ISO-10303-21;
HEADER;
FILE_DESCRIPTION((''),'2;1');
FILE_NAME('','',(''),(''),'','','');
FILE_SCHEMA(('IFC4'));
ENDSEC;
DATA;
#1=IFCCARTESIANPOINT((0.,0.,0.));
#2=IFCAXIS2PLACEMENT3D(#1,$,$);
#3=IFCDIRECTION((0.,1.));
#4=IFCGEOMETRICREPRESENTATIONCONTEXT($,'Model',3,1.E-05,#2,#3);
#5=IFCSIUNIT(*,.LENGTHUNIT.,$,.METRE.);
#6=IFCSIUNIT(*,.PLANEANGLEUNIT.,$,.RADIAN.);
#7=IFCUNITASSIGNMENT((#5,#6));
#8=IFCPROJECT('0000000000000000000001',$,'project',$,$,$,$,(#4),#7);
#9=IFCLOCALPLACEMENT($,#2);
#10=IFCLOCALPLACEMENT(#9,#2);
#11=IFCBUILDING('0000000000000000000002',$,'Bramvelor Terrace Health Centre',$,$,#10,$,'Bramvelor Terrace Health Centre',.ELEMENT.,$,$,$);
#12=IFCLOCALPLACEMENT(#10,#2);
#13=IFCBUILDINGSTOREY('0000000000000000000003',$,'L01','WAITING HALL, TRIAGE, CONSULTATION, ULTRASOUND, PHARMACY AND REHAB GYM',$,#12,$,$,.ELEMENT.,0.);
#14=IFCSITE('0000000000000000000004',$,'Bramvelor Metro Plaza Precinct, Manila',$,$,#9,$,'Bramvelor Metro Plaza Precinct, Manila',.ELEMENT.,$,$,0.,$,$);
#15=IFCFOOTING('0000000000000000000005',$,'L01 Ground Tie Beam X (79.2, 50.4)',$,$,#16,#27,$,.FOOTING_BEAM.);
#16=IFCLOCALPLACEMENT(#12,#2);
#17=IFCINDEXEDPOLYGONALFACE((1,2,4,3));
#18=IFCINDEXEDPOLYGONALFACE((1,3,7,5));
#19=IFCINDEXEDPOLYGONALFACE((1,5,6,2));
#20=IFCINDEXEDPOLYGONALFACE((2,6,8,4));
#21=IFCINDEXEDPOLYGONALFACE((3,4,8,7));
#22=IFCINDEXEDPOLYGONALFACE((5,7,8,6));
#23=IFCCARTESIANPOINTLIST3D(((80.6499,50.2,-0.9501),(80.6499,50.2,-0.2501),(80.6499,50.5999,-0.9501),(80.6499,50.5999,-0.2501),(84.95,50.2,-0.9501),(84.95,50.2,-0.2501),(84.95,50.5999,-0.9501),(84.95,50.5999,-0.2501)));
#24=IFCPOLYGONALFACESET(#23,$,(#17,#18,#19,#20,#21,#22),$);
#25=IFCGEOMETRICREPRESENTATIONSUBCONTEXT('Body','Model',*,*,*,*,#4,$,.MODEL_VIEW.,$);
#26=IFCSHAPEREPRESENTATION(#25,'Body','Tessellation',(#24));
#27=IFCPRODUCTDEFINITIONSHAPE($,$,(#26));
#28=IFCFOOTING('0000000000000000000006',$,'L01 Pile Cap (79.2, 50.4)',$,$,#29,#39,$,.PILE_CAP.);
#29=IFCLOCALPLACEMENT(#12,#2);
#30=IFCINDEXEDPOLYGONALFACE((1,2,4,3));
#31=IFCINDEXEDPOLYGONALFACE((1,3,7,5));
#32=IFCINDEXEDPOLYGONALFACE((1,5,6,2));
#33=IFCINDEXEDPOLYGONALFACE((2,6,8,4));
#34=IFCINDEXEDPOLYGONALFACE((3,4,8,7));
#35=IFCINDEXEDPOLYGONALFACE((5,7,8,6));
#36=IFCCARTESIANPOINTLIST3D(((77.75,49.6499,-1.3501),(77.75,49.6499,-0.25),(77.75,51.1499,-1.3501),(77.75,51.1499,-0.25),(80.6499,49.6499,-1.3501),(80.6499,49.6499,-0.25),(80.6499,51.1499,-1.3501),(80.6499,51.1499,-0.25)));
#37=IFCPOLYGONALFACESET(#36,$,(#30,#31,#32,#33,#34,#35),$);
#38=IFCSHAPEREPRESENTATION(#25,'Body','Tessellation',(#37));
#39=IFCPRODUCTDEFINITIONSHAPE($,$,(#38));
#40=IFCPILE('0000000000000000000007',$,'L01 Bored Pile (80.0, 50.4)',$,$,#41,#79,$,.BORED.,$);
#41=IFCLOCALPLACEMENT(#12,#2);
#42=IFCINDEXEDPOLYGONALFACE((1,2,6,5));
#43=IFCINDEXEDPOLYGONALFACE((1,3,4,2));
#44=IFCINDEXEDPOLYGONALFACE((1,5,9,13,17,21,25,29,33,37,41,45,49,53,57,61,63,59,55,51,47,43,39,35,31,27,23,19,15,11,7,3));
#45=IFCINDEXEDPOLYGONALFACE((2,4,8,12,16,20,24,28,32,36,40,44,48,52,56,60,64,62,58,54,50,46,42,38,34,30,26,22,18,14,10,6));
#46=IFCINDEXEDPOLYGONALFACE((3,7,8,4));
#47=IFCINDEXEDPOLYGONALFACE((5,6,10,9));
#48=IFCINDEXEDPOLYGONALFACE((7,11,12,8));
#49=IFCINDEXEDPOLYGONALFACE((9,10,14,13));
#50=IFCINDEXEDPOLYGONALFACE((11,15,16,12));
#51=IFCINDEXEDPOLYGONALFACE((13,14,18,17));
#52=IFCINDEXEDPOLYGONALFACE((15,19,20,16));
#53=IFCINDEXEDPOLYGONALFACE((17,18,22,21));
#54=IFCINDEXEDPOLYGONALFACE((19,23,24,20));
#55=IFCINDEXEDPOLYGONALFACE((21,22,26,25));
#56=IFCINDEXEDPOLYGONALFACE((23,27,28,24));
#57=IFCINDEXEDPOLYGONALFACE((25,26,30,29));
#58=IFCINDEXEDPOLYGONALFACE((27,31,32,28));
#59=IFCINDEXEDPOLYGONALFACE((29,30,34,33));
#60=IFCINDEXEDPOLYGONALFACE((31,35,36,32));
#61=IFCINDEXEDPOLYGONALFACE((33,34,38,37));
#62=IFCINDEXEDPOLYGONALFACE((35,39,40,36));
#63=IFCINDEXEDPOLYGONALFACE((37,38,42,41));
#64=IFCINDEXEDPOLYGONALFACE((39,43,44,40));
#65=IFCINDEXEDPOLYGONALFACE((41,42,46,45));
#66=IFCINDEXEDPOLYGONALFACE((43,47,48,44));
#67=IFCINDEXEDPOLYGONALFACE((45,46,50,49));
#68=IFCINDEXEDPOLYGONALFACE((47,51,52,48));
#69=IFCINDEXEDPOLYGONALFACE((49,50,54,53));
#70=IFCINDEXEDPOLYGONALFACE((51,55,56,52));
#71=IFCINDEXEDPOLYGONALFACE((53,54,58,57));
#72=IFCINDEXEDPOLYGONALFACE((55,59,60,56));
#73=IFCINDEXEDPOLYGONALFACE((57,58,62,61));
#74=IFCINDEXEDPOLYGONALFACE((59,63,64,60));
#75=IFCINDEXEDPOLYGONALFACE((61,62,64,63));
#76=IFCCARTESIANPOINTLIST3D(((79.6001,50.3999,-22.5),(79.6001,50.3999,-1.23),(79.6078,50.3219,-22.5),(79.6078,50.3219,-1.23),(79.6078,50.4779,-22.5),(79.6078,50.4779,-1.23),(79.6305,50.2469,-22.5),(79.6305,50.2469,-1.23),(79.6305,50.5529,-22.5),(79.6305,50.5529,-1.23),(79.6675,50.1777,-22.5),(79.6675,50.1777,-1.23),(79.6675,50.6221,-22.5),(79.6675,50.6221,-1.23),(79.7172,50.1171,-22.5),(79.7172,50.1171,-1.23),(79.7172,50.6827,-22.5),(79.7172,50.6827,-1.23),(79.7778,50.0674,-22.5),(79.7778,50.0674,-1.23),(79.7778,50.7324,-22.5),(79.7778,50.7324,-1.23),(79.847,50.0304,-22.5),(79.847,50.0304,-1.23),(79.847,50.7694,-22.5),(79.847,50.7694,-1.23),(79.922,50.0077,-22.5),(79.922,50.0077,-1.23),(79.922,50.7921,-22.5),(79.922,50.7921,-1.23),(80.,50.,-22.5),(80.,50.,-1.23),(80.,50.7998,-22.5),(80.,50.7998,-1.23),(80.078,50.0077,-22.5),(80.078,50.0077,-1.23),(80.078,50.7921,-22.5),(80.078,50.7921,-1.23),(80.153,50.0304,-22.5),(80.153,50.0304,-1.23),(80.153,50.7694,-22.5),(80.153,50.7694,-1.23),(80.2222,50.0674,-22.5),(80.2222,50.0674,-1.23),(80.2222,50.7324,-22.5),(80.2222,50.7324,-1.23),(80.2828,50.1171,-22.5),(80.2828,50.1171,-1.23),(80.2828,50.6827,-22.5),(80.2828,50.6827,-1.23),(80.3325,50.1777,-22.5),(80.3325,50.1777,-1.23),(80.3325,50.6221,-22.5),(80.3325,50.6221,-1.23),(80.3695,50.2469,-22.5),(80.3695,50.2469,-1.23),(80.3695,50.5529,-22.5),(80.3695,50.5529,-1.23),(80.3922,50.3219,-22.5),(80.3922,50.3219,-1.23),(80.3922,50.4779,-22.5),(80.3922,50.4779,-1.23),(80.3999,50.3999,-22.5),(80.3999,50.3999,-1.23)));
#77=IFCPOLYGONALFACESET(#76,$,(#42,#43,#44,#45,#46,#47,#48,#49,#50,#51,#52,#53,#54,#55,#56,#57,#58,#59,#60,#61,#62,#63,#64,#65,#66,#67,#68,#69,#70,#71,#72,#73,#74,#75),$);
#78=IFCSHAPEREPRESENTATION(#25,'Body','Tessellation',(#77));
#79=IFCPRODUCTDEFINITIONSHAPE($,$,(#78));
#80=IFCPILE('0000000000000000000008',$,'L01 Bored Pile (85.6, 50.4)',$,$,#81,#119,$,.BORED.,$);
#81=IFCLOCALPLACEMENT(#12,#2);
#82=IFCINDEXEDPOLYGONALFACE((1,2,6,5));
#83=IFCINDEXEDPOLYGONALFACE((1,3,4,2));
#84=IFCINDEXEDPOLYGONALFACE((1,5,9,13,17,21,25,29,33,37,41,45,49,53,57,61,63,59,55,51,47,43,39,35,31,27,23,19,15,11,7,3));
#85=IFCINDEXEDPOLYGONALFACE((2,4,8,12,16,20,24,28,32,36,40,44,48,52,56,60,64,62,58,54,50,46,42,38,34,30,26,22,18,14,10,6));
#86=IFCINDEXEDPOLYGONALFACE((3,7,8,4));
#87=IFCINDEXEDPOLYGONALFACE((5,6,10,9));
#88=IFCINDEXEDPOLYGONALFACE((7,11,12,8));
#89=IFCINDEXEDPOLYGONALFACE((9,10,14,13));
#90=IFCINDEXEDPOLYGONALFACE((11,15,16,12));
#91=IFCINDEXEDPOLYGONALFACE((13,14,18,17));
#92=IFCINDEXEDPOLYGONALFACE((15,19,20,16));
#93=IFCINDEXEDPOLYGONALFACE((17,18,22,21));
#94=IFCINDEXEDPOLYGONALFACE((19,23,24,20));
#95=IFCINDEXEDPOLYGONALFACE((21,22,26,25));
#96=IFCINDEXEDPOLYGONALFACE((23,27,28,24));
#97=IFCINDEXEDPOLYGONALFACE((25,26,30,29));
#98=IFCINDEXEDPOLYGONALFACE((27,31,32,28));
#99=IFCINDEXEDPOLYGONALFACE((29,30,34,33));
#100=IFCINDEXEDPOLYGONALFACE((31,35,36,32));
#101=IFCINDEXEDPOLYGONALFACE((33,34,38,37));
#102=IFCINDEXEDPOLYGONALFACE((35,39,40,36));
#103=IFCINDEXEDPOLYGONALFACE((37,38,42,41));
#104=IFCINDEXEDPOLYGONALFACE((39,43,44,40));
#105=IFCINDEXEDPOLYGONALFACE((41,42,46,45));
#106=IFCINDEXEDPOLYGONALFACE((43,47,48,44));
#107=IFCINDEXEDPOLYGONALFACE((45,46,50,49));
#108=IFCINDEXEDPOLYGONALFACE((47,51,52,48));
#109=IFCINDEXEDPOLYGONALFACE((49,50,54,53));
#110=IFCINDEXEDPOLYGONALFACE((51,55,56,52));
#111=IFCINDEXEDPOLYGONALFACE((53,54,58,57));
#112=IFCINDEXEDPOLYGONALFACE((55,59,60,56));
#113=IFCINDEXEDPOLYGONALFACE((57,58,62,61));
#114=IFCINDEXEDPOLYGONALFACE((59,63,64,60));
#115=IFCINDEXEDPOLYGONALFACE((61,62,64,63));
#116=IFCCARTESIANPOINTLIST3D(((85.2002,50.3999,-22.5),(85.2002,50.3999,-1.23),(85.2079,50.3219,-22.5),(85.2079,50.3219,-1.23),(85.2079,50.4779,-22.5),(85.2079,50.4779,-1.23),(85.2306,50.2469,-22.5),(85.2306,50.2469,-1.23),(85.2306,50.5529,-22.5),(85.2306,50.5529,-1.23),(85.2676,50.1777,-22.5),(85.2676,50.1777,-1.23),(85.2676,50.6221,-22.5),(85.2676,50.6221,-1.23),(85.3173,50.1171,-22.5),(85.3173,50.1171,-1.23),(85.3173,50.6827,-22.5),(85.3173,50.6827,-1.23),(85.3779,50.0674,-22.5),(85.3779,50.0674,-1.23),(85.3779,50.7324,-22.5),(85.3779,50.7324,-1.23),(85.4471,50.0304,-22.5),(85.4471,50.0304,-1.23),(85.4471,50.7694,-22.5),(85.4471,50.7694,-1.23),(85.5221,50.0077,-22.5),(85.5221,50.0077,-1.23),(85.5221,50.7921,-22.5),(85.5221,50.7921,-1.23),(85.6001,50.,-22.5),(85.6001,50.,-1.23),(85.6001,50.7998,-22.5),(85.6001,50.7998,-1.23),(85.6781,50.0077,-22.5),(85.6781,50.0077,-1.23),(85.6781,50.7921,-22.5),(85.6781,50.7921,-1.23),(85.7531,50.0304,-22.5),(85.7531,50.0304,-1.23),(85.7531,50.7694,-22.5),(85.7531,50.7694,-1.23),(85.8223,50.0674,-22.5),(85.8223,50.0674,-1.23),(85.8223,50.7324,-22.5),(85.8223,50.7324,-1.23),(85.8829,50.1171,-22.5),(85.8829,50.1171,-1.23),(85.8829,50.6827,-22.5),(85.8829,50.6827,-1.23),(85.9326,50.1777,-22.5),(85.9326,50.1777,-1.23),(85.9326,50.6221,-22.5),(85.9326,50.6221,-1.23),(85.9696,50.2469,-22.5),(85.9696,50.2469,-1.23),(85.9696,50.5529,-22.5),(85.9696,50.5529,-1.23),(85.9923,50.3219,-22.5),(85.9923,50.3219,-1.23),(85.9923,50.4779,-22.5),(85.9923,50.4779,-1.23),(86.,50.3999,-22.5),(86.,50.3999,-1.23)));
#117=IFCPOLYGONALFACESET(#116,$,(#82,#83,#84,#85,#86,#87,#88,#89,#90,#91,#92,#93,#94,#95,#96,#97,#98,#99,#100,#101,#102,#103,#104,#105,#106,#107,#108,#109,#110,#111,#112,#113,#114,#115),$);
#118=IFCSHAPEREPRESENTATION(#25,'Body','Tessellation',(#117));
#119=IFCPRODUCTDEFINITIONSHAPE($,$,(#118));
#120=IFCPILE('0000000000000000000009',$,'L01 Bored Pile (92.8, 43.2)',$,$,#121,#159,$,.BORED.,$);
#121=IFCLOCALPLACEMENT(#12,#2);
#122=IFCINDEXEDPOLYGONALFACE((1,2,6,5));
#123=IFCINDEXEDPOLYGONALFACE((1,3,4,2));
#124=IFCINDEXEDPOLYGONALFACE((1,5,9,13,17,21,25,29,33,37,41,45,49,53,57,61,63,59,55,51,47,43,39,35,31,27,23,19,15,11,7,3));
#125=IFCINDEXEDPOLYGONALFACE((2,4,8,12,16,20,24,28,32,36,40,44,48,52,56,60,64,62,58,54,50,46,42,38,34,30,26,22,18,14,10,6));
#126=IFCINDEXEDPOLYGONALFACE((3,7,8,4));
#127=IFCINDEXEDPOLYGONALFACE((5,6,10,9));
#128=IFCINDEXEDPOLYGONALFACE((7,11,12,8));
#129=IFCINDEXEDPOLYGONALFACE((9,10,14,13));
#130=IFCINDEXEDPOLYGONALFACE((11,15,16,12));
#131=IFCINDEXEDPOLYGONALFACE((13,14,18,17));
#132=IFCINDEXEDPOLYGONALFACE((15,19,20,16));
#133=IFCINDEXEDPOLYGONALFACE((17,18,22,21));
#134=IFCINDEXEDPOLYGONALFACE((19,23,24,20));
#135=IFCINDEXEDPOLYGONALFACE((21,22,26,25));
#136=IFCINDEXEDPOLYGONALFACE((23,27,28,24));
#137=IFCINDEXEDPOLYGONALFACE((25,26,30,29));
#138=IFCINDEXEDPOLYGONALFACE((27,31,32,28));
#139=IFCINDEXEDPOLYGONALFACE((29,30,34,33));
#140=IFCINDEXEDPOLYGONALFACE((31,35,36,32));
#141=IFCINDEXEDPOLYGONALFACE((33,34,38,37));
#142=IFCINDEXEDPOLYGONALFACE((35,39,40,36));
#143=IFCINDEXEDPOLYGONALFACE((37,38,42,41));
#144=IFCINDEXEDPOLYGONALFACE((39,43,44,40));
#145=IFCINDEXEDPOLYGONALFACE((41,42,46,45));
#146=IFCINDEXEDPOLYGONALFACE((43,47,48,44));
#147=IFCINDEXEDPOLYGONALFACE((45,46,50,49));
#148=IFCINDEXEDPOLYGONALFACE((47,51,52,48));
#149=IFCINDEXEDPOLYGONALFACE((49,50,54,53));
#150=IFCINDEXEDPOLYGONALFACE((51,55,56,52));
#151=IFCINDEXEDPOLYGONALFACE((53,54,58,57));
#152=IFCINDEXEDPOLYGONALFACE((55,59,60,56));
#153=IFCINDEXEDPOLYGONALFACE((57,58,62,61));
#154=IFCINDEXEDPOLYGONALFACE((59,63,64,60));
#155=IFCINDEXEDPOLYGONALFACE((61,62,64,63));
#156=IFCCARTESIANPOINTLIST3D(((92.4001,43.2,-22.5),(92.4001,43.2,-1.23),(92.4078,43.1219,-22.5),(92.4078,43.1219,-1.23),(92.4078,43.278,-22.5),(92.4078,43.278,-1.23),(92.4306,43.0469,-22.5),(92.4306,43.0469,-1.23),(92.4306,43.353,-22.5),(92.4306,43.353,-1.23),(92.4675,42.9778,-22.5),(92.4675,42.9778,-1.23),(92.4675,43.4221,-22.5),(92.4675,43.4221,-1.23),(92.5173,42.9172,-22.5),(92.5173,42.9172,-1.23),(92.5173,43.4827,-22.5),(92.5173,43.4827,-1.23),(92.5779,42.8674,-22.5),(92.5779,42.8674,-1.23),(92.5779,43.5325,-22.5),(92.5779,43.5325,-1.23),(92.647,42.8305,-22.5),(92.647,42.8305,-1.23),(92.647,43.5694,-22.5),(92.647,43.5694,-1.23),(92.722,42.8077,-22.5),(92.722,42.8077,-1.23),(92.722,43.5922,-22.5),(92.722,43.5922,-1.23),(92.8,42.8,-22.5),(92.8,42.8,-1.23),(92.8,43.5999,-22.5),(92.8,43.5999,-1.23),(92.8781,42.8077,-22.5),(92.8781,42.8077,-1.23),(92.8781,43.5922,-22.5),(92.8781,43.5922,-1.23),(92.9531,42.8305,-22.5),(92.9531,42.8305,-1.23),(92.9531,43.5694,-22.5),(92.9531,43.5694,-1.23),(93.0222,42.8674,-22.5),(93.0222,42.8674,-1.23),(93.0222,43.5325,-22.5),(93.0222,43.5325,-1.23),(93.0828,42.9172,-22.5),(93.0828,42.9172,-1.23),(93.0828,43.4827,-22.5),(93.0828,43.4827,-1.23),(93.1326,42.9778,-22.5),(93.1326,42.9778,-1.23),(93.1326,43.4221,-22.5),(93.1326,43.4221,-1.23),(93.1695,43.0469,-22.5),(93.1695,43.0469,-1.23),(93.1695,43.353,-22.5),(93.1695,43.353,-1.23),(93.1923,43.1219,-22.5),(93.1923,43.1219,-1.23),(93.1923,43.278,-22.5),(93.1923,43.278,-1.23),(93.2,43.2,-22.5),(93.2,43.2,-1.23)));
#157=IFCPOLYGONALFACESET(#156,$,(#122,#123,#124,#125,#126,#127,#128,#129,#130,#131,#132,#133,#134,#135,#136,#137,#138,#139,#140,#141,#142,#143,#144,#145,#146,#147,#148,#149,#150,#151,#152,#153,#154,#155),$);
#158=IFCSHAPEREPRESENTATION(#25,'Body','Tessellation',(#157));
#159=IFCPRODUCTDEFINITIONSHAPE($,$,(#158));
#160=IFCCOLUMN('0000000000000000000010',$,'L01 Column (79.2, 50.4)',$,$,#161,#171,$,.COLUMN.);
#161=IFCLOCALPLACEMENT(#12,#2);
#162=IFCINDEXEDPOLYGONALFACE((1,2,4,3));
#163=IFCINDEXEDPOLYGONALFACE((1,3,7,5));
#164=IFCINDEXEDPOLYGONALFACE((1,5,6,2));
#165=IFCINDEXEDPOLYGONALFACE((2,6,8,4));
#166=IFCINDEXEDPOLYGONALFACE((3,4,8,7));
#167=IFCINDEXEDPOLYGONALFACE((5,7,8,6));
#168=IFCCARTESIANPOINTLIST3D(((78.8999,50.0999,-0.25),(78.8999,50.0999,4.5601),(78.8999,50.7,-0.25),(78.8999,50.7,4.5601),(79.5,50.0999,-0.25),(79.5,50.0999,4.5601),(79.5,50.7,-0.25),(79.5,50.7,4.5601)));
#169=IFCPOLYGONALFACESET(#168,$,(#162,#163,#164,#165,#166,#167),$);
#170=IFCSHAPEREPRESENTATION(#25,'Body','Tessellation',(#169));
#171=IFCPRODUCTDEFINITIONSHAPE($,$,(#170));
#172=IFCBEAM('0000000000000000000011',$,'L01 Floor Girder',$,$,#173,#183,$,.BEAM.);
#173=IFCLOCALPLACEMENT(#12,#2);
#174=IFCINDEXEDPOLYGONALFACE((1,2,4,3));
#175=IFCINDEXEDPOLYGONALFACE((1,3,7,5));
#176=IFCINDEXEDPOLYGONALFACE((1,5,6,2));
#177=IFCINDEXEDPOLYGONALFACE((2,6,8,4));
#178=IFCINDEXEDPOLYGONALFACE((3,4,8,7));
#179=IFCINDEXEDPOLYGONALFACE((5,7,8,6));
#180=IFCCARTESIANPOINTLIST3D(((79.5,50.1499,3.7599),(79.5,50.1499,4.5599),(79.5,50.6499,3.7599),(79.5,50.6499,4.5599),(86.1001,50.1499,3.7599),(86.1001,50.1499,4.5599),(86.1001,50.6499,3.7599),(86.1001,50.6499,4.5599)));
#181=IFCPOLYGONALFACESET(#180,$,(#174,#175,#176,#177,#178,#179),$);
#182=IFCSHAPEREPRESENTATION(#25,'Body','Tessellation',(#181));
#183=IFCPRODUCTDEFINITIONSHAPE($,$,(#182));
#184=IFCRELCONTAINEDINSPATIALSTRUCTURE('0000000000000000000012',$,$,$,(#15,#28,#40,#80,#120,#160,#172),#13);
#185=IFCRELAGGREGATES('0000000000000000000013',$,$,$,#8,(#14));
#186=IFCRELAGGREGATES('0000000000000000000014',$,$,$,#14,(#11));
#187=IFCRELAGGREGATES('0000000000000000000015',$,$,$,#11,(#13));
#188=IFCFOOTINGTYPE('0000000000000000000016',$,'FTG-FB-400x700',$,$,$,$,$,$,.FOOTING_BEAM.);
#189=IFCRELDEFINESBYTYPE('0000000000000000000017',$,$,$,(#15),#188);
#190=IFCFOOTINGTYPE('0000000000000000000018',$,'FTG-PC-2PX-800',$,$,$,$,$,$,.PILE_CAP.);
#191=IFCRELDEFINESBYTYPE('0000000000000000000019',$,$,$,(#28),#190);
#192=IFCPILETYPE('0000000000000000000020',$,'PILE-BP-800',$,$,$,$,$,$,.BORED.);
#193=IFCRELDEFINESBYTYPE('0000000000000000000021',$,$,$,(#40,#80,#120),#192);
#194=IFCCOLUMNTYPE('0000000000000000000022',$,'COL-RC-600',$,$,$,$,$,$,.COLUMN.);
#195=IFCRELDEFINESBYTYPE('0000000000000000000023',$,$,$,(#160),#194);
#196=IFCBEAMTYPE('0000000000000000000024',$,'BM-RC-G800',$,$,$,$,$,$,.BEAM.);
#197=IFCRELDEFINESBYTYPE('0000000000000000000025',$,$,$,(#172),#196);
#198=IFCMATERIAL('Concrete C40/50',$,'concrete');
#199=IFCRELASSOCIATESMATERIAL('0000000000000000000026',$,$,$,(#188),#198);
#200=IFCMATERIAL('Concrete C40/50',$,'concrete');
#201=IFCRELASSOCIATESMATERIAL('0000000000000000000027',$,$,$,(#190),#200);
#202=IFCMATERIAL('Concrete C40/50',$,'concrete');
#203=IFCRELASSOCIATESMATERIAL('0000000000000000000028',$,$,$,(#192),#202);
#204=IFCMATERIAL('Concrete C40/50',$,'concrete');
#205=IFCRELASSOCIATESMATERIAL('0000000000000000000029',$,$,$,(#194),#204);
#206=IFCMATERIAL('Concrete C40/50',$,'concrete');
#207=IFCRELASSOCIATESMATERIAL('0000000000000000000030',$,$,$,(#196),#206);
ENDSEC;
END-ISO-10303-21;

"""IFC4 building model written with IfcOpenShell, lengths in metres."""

from ifc_helpers import new_model, si_unit, direction, frame, origin, origin_2d, place, context, subcontext, project, spatial, rectangle, circle, extrude, material, material_profile, profile_set, type_object, element, save


model = new_model("IFC4")

# Units and contexts
model_context = context("Model", 3, precision=1e-05, world=origin(), true_north=direction((0.0, 1.0)))
body_context = subcontext(model_context, "Body", "Model", "MODEL_VIEW")
ifc_project = project(units=[si_unit("LENGTHUNIT", "METRE"), si_unit("PLANEANGLEUNIT", "RADIAN")], contexts=[model_context])

# Site, building, storey
site_placement = place(None, origin())
site = spatial("IfcSite", under=ifc_project, at=site_placement, Name="Bramvelor Metro Plaza Precinct, Manila", LongName="Bramvelor Metro Plaza Precinct, Manila", CompositionType="ELEMENT", RefElevation=0.0)
building_placement = place(site_placement, origin())
building = spatial("IfcBuilding", under=site, at=building_placement, Name="Bramvelor Terrace Health Centre", LongName="Bramvelor Terrace Health Centre", CompositionType="ELEMENT")
storey_placement = place(building_placement, origin())
storey = spatial("IfcBuildingStorey", under=building, at=storey_placement, Name="L01", Description="WAITING HALL, TRIAGE, CONSULTATION, ULTRASOUND, PHARMACY AND REHAB GYM", CompositionType="ELEMENT", Elevation=0.0)

# Footings
ifc_material_1 = material(Name="Concrete C40/50", Category="concrete")
ifc_material_profile_1 = material_profile(ifc_material_1, rectangle(XDim=0.3999, YDim=0.7, at=origin_2d()), Name="RC 400x700")
ifc_profile_set_1 = profile_set([ifc_material_profile_1], Name="Concrete C40/50")
footing_type_1 = type_object("IfcFootingType", Name="FTG-FB-400x700", PredefinedType="FOOTING_BEAM", material=ifc_profile_set_1)
footing_1_placement = place(storey_placement, frame((80.6499, 50.3999, -0.6001), z_axis=(1.0, 0.0, 0.0), x_axis=(0.0, 1.0, 0.0)))
element("IfcFooting", 1, at=footing_1_placement, inside=storey, type_object=footing_type_1, Name="L01 Ground Tie Beam X (79.2, 50.4)", PredefinedType="FOOTING_BEAM", context=body_context, shape_type="SweptSolid", body=[
    extrude(rectangle(XDim=0.3999, YDim=0.7, at=origin_2d()), origin(), (0.0, 0.0, 1.0), 4.3),
])
ifc_material_2 = material(Name="Concrete C40/50", Category="concrete")
footing_type_2 = type_object("IfcFootingType", Name="FTG-PC-2PX-800", PredefinedType="PILE_CAP", material=ifc_material_2)
footing_2_placement = place(storey_placement, frame((79.2, 50.3999, -1.3501), z_axis=(0.0, 0.0, 1.0), x_axis=(1.0, 0.0, 0.0)))
element("IfcFooting", 2, at=footing_2_placement, inside=storey, type_object=footing_type_2, Name="L01 Pile Cap (79.2, 50.4)", PredefinedType="PILE_CAP", context=body_context, shape_type="SweptSolid", body=[
    extrude(rectangle(XDim=2.8999, YDim=1.5, at=origin_2d()), origin(), (0.0, 0.0, 1.0), 1.1001),
])

# Piles
ifc_material_3 = material(Name="Concrete C40/50", Category="concrete")
ifc_material_profile_2 = material_profile(ifc_material_3, circle(Radius=0.3999, at=origin_2d()), Name="BP D800")
ifc_profile_set_2 = profile_set([ifc_material_profile_2], Name="Concrete C40/50")
pile_type = type_object("IfcPileType", Name="PILE-BP-800", PredefinedType="BORED", material=ifc_profile_set_2)
for number, where, z_axis, x_axis, name in (
    (3, (80.0, 50.3999, -1.23), (0.0, 0.0, -1.0), (1.0, 0.0, 0.0), "L01 Bored Pile (80.0, 50.4)"),
    (4, (85.6001, 50.3999, -1.23), (0.0, 0.0, -1.0), (1.0, 0.0, 0.0), "L01 Bored Pile (85.6, 50.4)"),
    (5, (92.8, 43.2, -1.23), (0.0, 0.0, -1.0), (1.0, 0.0, 0.0), "L01 Bored Pile (92.8, 43.2)"),
):
    element("IfcPile", number, at=place(storey_placement, frame(where, z_axis=z_axis, x_axis=x_axis)), inside=storey, type_object=pile_type, Name=name, PredefinedType="BORED", context=body_context, shape_type="SweptSolid", body=[
        extrude(circle(Radius=0.3999, at=origin_2d()), origin(), (0.0, 0.0, 1.0), 21.27),
    ])

# Column
ifc_material_4 = material(Name="Concrete C40/50", Category="concrete")
ifc_material_profile_3 = material_profile(ifc_material_4, rectangle(XDim=0.6001, YDim=0.6001, at=origin_2d()), Name="RC 600x600")
ifc_profile_set_3 = profile_set([ifc_material_profile_3], Name="Concrete C40/50")
column_type = type_object("IfcColumnType", Name="COL-RC-600", PredefinedType="COLUMN", material=ifc_profile_set_3)
column_placement = place(storey_placement, frame((79.2, 50.3999, -0.25), z_axis=(0.0, 0.0, 1.0), x_axis=(1.0, 0.0, 0.0)))
element("IfcColumn", 6, at=column_placement, inside=storey, type_object=column_type, Name="L01 Column (79.2, 50.4)", PredefinedType="COLUMN", context=body_context, shape_type="SweptSolid", body=[
    extrude(rectangle(XDim=0.6001, YDim=0.6001, at=origin_2d()), origin(), (0.0, 0.0, 1.0), 4.8101),
])

# Beam
ifc_material_5 = material(Name="Concrete C40/50", Category="concrete")
ifc_material_profile_4 = material_profile(ifc_material_5, rectangle(XDim=0.5, YDim=0.8, at=origin_2d()), Name="RC 500x800")
ifc_profile_set_4 = profile_set([ifc_material_profile_4], Name="Concrete C40/50")
beam_type = type_object("IfcBeamType", Name="BM-RC-G800", PredefinedType="BEAM", material=ifc_profile_set_4)
beam_placement = place(storey_placement, frame((79.5, 50.3999, 4.1599), z_axis=(1.0, 0.0, 0.0), x_axis=(0.0, 1.0, 0.0)))
element("IfcBeam", 7, at=beam_placement, inside=storey, type_object=beam_type, Name="L01 Floor Girder", PredefinedType="BEAM", context=body_context, shape_type="SweptSolid", body=[
    extrude(rectangle(XDim=0.5, YDim=0.8, at=origin_2d()), origin(), (0.0, 0.0, 1.0), 6.6001),
])

save(model, "model.ifc")
